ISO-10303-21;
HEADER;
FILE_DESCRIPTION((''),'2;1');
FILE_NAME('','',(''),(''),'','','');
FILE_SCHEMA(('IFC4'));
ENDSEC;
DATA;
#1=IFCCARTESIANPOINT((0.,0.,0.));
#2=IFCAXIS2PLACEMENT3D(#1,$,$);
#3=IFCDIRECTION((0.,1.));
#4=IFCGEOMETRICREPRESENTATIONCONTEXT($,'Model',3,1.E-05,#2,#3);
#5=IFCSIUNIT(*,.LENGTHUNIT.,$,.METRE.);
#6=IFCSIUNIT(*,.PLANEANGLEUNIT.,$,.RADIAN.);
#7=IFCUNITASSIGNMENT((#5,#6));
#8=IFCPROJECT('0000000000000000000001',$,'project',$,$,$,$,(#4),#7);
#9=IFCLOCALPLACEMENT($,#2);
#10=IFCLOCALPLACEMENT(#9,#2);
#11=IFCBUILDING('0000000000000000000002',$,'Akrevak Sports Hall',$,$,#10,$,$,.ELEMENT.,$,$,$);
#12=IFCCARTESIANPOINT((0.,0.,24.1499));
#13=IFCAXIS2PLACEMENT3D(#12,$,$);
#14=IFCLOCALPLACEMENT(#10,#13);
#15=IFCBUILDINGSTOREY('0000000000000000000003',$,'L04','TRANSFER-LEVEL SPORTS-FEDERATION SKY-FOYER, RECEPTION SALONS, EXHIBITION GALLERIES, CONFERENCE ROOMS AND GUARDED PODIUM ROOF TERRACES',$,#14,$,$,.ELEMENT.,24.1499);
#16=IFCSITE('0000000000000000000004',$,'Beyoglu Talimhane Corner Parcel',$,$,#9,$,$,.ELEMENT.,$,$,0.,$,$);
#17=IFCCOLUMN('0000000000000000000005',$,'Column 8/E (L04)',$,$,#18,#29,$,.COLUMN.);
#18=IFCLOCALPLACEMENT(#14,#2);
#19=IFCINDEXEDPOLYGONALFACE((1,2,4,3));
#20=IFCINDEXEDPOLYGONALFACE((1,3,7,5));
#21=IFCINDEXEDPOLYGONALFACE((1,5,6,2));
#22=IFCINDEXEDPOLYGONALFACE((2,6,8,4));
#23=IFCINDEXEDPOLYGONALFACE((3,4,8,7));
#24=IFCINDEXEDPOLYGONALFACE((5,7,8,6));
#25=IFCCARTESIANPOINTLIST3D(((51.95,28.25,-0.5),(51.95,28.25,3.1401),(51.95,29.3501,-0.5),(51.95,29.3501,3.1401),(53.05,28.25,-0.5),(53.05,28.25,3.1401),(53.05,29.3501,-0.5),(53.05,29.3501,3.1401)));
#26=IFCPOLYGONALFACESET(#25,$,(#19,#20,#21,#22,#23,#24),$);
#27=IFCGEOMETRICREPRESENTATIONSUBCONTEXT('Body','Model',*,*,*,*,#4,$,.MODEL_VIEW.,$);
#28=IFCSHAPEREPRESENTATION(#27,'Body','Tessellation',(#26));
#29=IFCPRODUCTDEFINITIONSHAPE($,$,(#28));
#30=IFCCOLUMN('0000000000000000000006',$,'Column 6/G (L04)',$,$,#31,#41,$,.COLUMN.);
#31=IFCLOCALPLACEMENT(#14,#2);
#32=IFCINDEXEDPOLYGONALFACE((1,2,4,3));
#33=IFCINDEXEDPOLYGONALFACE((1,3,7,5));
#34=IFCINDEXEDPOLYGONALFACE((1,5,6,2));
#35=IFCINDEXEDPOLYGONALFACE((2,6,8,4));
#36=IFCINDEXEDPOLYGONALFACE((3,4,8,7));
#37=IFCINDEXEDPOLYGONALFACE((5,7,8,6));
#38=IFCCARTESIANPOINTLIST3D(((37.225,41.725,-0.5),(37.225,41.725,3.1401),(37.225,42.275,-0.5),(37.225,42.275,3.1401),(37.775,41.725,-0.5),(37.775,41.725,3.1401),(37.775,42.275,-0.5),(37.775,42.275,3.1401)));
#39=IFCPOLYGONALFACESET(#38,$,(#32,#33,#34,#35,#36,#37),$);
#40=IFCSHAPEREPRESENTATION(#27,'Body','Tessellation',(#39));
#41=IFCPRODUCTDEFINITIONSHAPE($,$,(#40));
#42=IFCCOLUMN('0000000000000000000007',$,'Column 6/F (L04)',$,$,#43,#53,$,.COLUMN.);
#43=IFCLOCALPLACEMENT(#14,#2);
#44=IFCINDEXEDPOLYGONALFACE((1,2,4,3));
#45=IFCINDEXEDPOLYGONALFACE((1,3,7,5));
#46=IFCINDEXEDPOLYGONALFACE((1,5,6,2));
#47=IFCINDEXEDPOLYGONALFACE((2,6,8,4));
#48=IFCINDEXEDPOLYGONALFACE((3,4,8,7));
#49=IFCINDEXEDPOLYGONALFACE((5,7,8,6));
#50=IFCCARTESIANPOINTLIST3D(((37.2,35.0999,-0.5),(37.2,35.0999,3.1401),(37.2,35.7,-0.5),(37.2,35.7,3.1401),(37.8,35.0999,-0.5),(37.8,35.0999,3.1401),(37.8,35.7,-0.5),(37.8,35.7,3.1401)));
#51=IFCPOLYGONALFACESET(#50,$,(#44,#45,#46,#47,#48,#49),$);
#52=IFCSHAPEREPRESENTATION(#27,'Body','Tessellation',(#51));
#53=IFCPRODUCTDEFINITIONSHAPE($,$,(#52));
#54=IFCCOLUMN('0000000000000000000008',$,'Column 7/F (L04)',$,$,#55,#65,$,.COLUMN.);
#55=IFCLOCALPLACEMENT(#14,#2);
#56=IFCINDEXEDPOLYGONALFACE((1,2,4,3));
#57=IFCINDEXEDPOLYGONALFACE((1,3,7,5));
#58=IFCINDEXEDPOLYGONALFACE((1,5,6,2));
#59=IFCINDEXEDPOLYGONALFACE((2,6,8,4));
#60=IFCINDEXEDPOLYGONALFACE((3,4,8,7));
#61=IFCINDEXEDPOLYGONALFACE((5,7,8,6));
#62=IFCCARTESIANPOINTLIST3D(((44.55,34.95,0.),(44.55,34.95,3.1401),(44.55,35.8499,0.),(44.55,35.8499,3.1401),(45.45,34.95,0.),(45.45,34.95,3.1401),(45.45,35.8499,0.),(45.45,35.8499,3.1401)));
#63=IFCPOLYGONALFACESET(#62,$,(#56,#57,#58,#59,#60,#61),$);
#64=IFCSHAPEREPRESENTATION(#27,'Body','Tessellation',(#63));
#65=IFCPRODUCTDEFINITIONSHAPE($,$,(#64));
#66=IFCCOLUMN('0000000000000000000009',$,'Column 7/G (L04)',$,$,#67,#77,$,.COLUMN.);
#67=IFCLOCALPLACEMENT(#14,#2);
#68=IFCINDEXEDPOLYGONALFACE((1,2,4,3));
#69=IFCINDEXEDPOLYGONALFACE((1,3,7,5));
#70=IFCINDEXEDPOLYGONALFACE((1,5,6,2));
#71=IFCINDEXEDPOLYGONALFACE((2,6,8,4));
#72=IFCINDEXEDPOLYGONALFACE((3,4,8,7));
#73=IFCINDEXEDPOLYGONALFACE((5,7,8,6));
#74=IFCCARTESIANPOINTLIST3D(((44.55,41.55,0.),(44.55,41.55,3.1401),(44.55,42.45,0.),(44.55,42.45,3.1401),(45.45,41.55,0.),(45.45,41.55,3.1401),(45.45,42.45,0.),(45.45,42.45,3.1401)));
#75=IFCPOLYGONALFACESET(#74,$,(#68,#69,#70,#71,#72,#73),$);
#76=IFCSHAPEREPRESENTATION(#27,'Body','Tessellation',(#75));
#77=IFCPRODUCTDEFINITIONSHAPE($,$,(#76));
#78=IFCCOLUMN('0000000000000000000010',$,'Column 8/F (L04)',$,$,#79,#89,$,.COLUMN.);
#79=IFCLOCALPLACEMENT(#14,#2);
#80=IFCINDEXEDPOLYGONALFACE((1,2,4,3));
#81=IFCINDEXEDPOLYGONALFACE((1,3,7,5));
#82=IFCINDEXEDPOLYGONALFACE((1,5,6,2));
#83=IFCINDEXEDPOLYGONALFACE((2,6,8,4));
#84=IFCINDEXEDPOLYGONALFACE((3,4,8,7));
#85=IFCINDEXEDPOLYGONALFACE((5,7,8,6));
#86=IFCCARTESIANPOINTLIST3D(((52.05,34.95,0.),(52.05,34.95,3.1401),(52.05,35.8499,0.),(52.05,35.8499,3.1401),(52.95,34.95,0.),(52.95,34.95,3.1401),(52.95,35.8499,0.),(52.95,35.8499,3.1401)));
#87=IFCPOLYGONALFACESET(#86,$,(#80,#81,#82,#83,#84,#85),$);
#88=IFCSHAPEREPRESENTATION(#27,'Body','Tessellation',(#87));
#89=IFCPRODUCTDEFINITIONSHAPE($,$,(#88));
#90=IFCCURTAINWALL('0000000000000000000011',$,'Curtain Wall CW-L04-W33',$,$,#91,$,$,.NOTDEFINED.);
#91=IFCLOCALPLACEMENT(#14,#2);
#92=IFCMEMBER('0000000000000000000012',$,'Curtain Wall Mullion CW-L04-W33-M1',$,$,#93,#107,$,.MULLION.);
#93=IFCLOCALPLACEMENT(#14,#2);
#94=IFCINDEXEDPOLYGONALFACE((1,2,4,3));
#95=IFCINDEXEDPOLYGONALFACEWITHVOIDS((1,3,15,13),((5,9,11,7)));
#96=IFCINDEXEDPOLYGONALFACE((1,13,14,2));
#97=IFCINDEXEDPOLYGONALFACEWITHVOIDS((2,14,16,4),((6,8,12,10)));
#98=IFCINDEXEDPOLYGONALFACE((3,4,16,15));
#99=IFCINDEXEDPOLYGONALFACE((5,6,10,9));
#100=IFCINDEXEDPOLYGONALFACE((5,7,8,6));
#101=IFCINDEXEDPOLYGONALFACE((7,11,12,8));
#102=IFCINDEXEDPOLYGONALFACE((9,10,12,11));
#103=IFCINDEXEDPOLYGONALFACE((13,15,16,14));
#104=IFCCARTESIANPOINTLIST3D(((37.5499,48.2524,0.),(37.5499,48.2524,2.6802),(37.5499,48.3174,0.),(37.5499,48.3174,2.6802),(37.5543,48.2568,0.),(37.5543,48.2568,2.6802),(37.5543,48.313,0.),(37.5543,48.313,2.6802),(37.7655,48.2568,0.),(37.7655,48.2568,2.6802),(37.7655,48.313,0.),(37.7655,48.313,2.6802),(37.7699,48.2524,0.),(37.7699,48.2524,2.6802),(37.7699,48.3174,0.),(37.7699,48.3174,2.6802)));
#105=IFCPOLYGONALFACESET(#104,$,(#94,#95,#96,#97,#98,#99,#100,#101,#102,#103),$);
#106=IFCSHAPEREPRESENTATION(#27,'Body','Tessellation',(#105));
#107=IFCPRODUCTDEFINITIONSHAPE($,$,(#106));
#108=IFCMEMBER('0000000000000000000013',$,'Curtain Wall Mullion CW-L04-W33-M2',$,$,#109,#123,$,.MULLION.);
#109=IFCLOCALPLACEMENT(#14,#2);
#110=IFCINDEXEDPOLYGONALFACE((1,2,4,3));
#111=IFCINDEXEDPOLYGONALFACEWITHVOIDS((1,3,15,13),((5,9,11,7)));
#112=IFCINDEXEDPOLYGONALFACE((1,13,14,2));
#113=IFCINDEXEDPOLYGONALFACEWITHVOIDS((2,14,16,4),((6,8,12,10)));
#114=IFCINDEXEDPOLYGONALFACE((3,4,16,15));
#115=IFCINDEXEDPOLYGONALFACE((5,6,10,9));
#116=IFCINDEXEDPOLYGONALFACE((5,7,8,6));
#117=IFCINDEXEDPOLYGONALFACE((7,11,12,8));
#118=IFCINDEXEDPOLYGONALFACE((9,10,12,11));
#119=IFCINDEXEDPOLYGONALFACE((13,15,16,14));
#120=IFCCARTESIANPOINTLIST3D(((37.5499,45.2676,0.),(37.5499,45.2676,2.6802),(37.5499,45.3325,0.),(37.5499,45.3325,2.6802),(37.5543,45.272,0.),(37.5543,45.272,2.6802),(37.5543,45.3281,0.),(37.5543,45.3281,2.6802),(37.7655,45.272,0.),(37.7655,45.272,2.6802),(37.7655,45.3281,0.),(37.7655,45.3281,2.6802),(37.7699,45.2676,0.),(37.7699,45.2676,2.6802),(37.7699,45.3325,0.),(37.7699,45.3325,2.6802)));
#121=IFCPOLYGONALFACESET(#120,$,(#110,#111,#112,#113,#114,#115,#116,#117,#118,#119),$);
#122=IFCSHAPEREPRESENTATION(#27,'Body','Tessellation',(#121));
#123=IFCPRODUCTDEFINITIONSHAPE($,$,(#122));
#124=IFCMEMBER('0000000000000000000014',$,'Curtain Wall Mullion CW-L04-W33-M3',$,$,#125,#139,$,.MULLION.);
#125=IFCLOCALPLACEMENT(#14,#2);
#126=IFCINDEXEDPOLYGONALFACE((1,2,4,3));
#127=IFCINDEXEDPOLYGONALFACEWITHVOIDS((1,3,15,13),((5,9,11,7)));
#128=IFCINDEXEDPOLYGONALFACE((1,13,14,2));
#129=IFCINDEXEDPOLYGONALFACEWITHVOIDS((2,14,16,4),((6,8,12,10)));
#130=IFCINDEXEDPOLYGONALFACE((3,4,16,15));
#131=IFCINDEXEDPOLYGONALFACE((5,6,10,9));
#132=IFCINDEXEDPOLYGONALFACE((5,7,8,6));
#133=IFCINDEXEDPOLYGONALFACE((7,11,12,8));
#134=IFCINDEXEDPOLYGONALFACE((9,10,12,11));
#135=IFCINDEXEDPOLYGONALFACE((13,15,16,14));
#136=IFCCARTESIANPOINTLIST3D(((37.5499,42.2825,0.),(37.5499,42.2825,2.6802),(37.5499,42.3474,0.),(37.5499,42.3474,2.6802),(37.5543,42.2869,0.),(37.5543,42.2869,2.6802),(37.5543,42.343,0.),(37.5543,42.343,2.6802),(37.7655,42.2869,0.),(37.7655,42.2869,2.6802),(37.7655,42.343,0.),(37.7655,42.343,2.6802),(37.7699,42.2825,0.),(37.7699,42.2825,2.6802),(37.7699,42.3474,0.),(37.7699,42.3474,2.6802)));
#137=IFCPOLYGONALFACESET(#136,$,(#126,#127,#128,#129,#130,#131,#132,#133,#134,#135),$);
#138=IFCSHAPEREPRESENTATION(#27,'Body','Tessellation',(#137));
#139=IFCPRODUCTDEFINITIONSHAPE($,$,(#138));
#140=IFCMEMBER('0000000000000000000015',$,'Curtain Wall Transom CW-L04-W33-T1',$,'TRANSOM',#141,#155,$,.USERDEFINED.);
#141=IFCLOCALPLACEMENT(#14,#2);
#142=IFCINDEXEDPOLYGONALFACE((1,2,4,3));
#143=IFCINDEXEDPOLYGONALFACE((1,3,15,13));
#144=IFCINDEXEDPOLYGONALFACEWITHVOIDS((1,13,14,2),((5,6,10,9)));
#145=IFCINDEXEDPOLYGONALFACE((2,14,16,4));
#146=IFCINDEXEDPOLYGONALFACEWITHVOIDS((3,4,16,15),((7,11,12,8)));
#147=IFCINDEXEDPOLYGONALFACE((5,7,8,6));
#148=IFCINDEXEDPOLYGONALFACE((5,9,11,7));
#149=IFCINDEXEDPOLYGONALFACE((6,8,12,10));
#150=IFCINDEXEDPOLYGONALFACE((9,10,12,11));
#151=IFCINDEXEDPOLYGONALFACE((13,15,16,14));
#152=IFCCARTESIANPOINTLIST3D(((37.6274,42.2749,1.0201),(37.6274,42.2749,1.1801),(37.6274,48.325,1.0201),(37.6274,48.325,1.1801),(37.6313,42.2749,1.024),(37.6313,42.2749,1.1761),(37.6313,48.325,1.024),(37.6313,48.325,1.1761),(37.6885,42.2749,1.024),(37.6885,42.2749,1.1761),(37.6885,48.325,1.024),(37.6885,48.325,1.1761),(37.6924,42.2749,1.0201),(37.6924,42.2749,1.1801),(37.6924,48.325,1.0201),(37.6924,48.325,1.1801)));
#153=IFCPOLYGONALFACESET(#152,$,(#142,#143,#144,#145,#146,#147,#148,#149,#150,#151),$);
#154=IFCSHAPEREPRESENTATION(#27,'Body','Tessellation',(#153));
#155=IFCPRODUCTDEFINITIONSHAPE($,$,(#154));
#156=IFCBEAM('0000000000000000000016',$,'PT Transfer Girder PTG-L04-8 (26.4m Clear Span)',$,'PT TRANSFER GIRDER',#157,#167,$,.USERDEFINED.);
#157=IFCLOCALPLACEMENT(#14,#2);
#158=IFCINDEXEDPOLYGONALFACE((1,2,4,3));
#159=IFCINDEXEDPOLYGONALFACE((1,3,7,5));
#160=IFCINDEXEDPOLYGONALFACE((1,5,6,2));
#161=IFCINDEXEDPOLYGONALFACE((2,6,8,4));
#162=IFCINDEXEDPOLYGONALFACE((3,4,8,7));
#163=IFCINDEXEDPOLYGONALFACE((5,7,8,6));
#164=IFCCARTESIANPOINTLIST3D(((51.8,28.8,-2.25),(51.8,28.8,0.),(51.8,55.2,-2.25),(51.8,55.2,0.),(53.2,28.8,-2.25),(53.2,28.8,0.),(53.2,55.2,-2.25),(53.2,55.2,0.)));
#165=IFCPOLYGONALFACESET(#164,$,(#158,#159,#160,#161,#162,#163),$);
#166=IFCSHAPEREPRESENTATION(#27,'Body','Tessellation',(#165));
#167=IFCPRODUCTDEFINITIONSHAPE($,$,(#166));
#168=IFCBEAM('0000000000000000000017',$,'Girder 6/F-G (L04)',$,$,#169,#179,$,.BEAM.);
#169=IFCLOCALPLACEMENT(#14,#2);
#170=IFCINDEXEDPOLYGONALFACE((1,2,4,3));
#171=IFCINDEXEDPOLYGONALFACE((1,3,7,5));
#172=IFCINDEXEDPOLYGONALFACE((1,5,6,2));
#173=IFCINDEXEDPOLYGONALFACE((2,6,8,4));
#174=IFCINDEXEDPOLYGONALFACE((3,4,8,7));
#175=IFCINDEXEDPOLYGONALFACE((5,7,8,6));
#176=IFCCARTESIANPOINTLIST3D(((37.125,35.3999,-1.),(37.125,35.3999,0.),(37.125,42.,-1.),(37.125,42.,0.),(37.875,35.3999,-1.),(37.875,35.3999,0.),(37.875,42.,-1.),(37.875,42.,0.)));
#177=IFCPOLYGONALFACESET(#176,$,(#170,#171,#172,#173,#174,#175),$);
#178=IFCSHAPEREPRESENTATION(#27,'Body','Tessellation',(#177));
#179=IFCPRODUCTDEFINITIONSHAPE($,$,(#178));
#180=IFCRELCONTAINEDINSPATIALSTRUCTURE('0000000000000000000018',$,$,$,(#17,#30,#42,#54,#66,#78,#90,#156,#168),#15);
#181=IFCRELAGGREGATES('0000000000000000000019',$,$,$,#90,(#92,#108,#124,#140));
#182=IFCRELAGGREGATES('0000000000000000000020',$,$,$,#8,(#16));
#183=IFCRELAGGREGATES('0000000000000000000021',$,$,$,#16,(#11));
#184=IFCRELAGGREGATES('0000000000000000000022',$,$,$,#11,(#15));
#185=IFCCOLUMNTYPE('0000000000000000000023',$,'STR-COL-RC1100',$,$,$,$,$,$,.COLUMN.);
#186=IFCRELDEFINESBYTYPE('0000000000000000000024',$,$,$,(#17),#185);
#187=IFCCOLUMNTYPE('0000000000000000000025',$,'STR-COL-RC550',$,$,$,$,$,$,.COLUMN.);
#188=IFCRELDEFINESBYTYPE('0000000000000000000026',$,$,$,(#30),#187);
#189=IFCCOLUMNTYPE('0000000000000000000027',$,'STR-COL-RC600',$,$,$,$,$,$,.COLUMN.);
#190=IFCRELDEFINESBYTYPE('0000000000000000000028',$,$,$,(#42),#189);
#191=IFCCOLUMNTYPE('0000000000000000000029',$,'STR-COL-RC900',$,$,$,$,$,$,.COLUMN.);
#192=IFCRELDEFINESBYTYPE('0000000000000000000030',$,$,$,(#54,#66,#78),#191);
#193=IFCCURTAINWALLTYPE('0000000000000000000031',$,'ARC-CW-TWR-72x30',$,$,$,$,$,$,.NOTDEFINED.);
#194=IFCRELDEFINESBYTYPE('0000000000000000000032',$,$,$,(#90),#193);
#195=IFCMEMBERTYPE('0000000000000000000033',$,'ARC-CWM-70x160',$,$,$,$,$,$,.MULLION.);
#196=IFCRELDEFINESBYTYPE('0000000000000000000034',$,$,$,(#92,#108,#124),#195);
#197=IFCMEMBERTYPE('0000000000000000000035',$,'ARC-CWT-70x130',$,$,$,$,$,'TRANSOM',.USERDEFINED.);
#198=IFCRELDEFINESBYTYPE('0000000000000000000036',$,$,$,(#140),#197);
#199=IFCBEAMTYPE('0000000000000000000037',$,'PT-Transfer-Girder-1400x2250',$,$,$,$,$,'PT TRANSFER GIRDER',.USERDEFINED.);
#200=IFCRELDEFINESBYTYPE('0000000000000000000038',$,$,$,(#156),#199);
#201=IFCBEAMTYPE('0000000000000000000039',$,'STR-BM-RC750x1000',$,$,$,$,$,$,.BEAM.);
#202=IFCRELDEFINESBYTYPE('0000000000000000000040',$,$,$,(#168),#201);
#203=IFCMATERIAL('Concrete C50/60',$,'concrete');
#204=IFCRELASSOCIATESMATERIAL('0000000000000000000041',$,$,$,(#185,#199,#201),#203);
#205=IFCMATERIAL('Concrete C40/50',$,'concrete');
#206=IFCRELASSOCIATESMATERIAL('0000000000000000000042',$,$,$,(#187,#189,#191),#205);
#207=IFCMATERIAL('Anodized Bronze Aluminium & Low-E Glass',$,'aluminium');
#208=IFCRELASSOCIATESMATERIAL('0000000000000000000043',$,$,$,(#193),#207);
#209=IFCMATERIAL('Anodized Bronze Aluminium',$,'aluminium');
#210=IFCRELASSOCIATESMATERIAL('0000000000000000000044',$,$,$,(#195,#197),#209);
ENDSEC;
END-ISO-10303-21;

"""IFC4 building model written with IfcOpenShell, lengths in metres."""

from ifc_helpers import new_model, si_unit, direction, frame, origin, origin_2d, place, context, subcontext, project, spatial, rectangle, hollow_rectangle, extrude, material, material_profile, profile_set, type_object, element, aggregate, save


model = new_model("IFC4")

# Units and contexts
model_context = context("Model", 3, precision=1e-05, world=origin(), true_north=direction((0.0, 1.0)))
body_context = subcontext(model_context, "Body", "Model", "MODEL_VIEW")
ifc_project = project(units=[si_unit("LENGTHUNIT", "METRE"), si_unit("PLANEANGLEUNIT", "RADIAN")], contexts=[model_context])

# Site, building, storey
site_placement = place(None, origin())
site = spatial("IfcSite", under=ifc_project, at=site_placement, Name="Beyoglu Talimhane Corner Parcel", CompositionType="ELEMENT", RefElevation=0.0)
building_placement = place(site_placement, origin())
building = spatial("IfcBuilding", under=site, at=building_placement, Name="Akrevak Sports Hall", CompositionType="ELEMENT")
storey_placement = place(building_placement, frame((0.0, 0.0, 24.1499)))
storey = spatial("IfcBuildingStorey", under=building, at=storey_placement, Name="L04", Description="TRANSFER-LEVEL SPORTS-FEDERATION SKY-FOYER, RECEPTION SALONS, EXHIBITION GALLERIES, CONFERENCE ROOMS AND GUARDED PODIUM ROOF TERRACES", CompositionType="ELEMENT", Elevation=24.1499)

# Columns
ifc_material_1 = material(Name="Concrete C50/60", Category="concrete")
ifc_material_profile_1 = material_profile(ifc_material_1, rectangle(XDim=1.1001, YDim=1.1001, at=origin_2d()), Name="RC 1100x1100", Category="concrete")
ifc_profile_set_1 = profile_set([ifc_material_profile_1], Name="Concrete C50/60")
column_type_1 = type_object("IfcColumnType", Name="STR-COL-RC1100", PredefinedType="COLUMN", material=ifc_profile_set_1)
column_1_placement = place(storey_placement, frame((52.5, 28.8, -0.5), z_axis=(0.0, 0.0, 1.0), x_axis=(1.0, 0.0, 0.0)))
element("IfcColumn", 1, at=column_1_placement, inside=storey, type_object=column_type_1, Name="Column 8/E (L04)", PredefinedType="COLUMN", context=body_context, shape_type="SweptSolid", body=[
    extrude(rectangle(XDim=1.1001, YDim=1.1001, at=origin_2d()), origin(), (0.0, 0.0, 1.0), 3.6401),
])
ifc_material_2 = material(Name="Concrete C40/50", Category="concrete")
ifc_material_profile_2 = material_profile(ifc_material_2, rectangle(XDim=0.55, YDim=0.55, at=origin_2d()), Name="RC 550x550", Category="concrete")
ifc_profile_set_2 = profile_set([ifc_material_profile_2], Name="Concrete C40/50")
column_type_2 = type_object("IfcColumnType", Name="STR-COL-RC550", PredefinedType="COLUMN", material=ifc_profile_set_2)
column_2_placement = place(storey_placement, frame((37.5, 42.0, -0.5), z_axis=(0.0, 0.0, 1.0), x_axis=(1.0, 0.0, 0.0)))
element("IfcColumn", 2, at=column_2_placement, inside=storey, type_object=column_type_2, Name="Column 6/G (L04)", PredefinedType="COLUMN", context=body_context, shape_type="SweptSolid", body=[
    extrude(rectangle(XDim=0.55, YDim=0.55, at=origin_2d()), origin(), (0.0, 0.0, 1.0), 3.6401),
])
ifc_material_profile_3 = material_profile(ifc_material_2, rectangle(XDim=0.6001, YDim=0.6001, at=origin_2d()), Name="RC 600x600", Category="concrete")
ifc_profile_set_3 = profile_set([ifc_material_profile_3], Name="Concrete C40/50")
column_type_3 = type_object("IfcColumnType", Name="STR-COL-RC600", PredefinedType="COLUMN", material=ifc_profile_set_3)
column_3_placement = place(storey_placement, frame((37.5, 35.3999, -0.5), z_axis=(0.0, 0.0, 1.0), x_axis=(1.0, 0.0, 0.0)))
element("IfcColumn", 3, at=column_3_placement, inside=storey, type_object=column_type_3, Name="Column 6/F (L04)", PredefinedType="COLUMN", context=body_context, shape_type="SweptSolid", body=[
    extrude(rectangle(XDim=0.6001, YDim=0.6001, at=origin_2d()), origin(), (0.0, 0.0, 1.0), 3.6401),
])
ifc_material_profile_4 = material_profile(ifc_material_2, rectangle(XDim=0.8999, YDim=0.8999, at=origin_2d()), Name="RC 900x900", Category="concrete")
ifc_profile_set_4 = profile_set([ifc_material_profile_4], Name="Concrete C40/50")
column_type_4 = type_object("IfcColumnType", Name="STR-COL-RC900", PredefinedType="COLUMN", material=ifc_profile_set_4)
for number, where, z_axis, x_axis, name in (
    (4, (45.0, 35.3999, 0.0), (0.0, 0.0, 1.0), (1.0, 0.0, 0.0), "Column 7/F (L04)"),
    (5, (45.0, 42.0, 0.0), (0.0, 0.0, 1.0), (1.0, 0.0, 0.0), "Column 7/G (L04)"),
    (6, (52.5, 35.3999, 0.0), (0.0, 0.0, 1.0), (1.0, 0.0, 0.0), "Column 8/F (L04)"),
):
    element("IfcColumn", number, at=place(storey_placement, frame(where, z_axis=z_axis, x_axis=x_axis)), inside=storey, type_object=column_type_4, Name=name, PredefinedType="COLUMN", context=body_context, shape_type="SweptSolid", body=[
        extrude(rectangle(XDim=0.8999, YDim=0.8999, at=origin_2d()), origin(), (0.0, 0.0, 1.0), 3.1401),
    ])

# Curtain wall, members
ifc_material_3 = material(Name="Anodized Bronze Aluminium & Low-E Glass", Category="aluminium")
curtain_wall_type = type_object("IfcCurtainWallType", Name="ARC-CW-TWR-72x30", PredefinedType="NOTDEFINED", material=ifc_material_3)
curtain_wall_placement = place(storey_placement, origin())
curtain_wall = element("IfcCurtainWall", 7, at=curtain_wall_placement, inside=storey, type_object=curtain_wall_type, Name="Curtain Wall CW-L04-W33", PredefinedType="NOTDEFINED")
ifc_material_4 = material(Name="Anodized Bronze Aluminium", Category="aluminium")
ifc_material_profile_5 = material_profile(ifc_material_4, hollow_rectangle(XDim=0.0649, YDim=0.22, WallThickness=0.0044, at=origin_2d()), Name="CWM 65x220", Category="aluminium")
ifc_profile_set_5 = profile_set([ifc_material_profile_5], Name="Anodized Bronze Aluminium")
member_type_1 = type_object("IfcMemberType", Name="ARC-CWM-70x160", PredefinedType="MULLION", material=ifc_profile_set_5)
member_1_placement = place(storey_placement, frame((37.6599, 48.2849, 0.0), z_axis=(0.0, 0.0, 1.0), x_axis=(0.0, -1.0, 0.0)))
member_1 = element("IfcMember", 8, at=member_1_placement, type_object=member_type_1, Name="Curtain Wall Mullion CW-L04-W33-M1", PredefinedType="MULLION", context=body_context, shape_type="SweptSolid", body=[
    extrude(hollow_rectangle(XDim=0.0649, YDim=0.22, WallThickness=0.0044, at=origin_2d()), origin(), (0.0, 0.0, 1.0), 2.6802),
])
member_2_placement = place(storey_placement, frame((37.6599, 45.3, 0.0), z_axis=(0.0, 0.0, 1.0), x_axis=(0.0, -1.0, 0.0)))
member_2 = element("IfcMember", 9, at=member_2_placement, type_object=member_type_1, Name="Curtain Wall Mullion CW-L04-W33-M2", PredefinedType="MULLION", context=body_context, shape_type="SweptSolid", body=[
    extrude(hollow_rectangle(XDim=0.0649, YDim=0.22, WallThickness=0.0044, at=origin_2d()), origin(), (0.0, 0.0, 1.0), 2.6802),
])
member_3_placement = place(storey_placement, frame((37.6599, 42.3149, 0.0), z_axis=(0.0, 0.0, 1.0), x_axis=(0.0, -1.0, 0.0)))
member_3 = element("IfcMember", 10, at=member_3_placement, type_object=member_type_1, Name="Curtain Wall Mullion CW-L04-W33-M3", PredefinedType="MULLION", context=body_context, shape_type="SweptSolid", body=[
    extrude(hollow_rectangle(XDim=0.0649, YDim=0.22, WallThickness=0.0044, at=origin_2d()), origin(), (0.0, 0.0, 1.0), 2.6802),
])
ifc_material_profile_6 = material_profile(ifc_material_4, hollow_rectangle(XDim=0.0649, YDim=0.1599, WallThickness=0.0039, at=origin_2d()), Name="CWT 65x160", Category="aluminium")
ifc_profile_set_6 = profile_set([ifc_material_profile_6], Name="Anodized Bronze Aluminium")
member_type_2 = type_object("IfcMemberType", Name="ARC-CWT-70x130", ElementType="TRANSOM", PredefinedType="USERDEFINED", material=ifc_profile_set_6)
member_4_placement = place(storey_placement, frame((37.6599, 48.325, 1.1001), z_axis=(0.0, -1.0, 0.0), x_axis=(1.0, 0.0, 0.0)))
member_4 = element("IfcMember", 11, at=member_4_placement, type_object=member_type_2, Name="Curtain Wall Transom CW-L04-W33-T1", ObjectType="TRANSOM", PredefinedType="USERDEFINED", context=body_context, shape_type="SweptSolid", body=[
    extrude(hollow_rectangle(XDim=0.0649, YDim=0.1599, WallThickness=0.0039, at=origin_2d()), origin(), (0.0, 0.0, 1.0), 6.05),
])

# Beams
ifc_material_profile_7 = material_profile(ifc_material_1, rectangle(XDim=1.3999, YDim=2.25, at=origin_2d()), Name="PTG 1400x2250", Category="concrete")
ifc_profile_set_7 = profile_set([ifc_material_profile_7], Name="Concrete C50/60")
beam_type_1 = type_object("IfcBeamType", Name="PT-Transfer-Girder-1400x2250", ElementType="PT TRANSFER GIRDER", PredefinedType="USERDEFINED", material=ifc_profile_set_7)
beam_placement = place(storey_placement, frame((52.5, 28.8, -1.125), z_axis=(0.0, 1.0, 0.0), x_axis=(-1.0, 0.0, 0.0)))
element("IfcBeam", 12, at=beam_placement, inside=storey, type_object=beam_type_1, Name="PT Transfer Girder PTG-L04-8 (26.4m Clear Span)", ObjectType="PT TRANSFER GIRDER", PredefinedType="USERDEFINED", context=body_context, shape_type="SweptSolid", body=[
    extrude(rectangle(XDim=1.3999, YDim=2.25, at=origin_2d()), origin(), (0.0, 0.0, 1.0), 26.3999),
])
ifc_material_profile_8 = material_profile(ifc_material_1, rectangle(XDim=0.75, YDim=1.0, at=origin_2d()), Name="BM 750x1000", Category="concrete")
ifc_profile_set_8 = profile_set([ifc_material_profile_8], Name="Concrete C50/60")
beam_type_2 = type_object("IfcBeamType", Name="STR-BM-RC750x1000", PredefinedType="BEAM", material=ifc_profile_set_8)
for number, where, z_axis, x_axis, name in (
    (13, (37.5, 35.3999, -0.5), (0.0, 1.0, 0.0), (-1.0, 0.0, 0.0), "Girder 6/F-G (L04)"),
):
    element("IfcBeam", number, at=place(storey_placement, frame(where, z_axis=z_axis, x_axis=x_axis)), inside=storey, type_object=beam_type_2, Name=name, PredefinedType="BEAM", context=body_context, shape_type="SweptSolid", body=[
        extrude(rectangle(XDim=0.75, YDim=1.0, at=origin_2d()), origin(), (0.0, 0.0, 1.0), 6.6001),
    ])

aggregate(curtain_wall, [member_1, member_2, member_3, member_4])

save(model, "model.ifc")
